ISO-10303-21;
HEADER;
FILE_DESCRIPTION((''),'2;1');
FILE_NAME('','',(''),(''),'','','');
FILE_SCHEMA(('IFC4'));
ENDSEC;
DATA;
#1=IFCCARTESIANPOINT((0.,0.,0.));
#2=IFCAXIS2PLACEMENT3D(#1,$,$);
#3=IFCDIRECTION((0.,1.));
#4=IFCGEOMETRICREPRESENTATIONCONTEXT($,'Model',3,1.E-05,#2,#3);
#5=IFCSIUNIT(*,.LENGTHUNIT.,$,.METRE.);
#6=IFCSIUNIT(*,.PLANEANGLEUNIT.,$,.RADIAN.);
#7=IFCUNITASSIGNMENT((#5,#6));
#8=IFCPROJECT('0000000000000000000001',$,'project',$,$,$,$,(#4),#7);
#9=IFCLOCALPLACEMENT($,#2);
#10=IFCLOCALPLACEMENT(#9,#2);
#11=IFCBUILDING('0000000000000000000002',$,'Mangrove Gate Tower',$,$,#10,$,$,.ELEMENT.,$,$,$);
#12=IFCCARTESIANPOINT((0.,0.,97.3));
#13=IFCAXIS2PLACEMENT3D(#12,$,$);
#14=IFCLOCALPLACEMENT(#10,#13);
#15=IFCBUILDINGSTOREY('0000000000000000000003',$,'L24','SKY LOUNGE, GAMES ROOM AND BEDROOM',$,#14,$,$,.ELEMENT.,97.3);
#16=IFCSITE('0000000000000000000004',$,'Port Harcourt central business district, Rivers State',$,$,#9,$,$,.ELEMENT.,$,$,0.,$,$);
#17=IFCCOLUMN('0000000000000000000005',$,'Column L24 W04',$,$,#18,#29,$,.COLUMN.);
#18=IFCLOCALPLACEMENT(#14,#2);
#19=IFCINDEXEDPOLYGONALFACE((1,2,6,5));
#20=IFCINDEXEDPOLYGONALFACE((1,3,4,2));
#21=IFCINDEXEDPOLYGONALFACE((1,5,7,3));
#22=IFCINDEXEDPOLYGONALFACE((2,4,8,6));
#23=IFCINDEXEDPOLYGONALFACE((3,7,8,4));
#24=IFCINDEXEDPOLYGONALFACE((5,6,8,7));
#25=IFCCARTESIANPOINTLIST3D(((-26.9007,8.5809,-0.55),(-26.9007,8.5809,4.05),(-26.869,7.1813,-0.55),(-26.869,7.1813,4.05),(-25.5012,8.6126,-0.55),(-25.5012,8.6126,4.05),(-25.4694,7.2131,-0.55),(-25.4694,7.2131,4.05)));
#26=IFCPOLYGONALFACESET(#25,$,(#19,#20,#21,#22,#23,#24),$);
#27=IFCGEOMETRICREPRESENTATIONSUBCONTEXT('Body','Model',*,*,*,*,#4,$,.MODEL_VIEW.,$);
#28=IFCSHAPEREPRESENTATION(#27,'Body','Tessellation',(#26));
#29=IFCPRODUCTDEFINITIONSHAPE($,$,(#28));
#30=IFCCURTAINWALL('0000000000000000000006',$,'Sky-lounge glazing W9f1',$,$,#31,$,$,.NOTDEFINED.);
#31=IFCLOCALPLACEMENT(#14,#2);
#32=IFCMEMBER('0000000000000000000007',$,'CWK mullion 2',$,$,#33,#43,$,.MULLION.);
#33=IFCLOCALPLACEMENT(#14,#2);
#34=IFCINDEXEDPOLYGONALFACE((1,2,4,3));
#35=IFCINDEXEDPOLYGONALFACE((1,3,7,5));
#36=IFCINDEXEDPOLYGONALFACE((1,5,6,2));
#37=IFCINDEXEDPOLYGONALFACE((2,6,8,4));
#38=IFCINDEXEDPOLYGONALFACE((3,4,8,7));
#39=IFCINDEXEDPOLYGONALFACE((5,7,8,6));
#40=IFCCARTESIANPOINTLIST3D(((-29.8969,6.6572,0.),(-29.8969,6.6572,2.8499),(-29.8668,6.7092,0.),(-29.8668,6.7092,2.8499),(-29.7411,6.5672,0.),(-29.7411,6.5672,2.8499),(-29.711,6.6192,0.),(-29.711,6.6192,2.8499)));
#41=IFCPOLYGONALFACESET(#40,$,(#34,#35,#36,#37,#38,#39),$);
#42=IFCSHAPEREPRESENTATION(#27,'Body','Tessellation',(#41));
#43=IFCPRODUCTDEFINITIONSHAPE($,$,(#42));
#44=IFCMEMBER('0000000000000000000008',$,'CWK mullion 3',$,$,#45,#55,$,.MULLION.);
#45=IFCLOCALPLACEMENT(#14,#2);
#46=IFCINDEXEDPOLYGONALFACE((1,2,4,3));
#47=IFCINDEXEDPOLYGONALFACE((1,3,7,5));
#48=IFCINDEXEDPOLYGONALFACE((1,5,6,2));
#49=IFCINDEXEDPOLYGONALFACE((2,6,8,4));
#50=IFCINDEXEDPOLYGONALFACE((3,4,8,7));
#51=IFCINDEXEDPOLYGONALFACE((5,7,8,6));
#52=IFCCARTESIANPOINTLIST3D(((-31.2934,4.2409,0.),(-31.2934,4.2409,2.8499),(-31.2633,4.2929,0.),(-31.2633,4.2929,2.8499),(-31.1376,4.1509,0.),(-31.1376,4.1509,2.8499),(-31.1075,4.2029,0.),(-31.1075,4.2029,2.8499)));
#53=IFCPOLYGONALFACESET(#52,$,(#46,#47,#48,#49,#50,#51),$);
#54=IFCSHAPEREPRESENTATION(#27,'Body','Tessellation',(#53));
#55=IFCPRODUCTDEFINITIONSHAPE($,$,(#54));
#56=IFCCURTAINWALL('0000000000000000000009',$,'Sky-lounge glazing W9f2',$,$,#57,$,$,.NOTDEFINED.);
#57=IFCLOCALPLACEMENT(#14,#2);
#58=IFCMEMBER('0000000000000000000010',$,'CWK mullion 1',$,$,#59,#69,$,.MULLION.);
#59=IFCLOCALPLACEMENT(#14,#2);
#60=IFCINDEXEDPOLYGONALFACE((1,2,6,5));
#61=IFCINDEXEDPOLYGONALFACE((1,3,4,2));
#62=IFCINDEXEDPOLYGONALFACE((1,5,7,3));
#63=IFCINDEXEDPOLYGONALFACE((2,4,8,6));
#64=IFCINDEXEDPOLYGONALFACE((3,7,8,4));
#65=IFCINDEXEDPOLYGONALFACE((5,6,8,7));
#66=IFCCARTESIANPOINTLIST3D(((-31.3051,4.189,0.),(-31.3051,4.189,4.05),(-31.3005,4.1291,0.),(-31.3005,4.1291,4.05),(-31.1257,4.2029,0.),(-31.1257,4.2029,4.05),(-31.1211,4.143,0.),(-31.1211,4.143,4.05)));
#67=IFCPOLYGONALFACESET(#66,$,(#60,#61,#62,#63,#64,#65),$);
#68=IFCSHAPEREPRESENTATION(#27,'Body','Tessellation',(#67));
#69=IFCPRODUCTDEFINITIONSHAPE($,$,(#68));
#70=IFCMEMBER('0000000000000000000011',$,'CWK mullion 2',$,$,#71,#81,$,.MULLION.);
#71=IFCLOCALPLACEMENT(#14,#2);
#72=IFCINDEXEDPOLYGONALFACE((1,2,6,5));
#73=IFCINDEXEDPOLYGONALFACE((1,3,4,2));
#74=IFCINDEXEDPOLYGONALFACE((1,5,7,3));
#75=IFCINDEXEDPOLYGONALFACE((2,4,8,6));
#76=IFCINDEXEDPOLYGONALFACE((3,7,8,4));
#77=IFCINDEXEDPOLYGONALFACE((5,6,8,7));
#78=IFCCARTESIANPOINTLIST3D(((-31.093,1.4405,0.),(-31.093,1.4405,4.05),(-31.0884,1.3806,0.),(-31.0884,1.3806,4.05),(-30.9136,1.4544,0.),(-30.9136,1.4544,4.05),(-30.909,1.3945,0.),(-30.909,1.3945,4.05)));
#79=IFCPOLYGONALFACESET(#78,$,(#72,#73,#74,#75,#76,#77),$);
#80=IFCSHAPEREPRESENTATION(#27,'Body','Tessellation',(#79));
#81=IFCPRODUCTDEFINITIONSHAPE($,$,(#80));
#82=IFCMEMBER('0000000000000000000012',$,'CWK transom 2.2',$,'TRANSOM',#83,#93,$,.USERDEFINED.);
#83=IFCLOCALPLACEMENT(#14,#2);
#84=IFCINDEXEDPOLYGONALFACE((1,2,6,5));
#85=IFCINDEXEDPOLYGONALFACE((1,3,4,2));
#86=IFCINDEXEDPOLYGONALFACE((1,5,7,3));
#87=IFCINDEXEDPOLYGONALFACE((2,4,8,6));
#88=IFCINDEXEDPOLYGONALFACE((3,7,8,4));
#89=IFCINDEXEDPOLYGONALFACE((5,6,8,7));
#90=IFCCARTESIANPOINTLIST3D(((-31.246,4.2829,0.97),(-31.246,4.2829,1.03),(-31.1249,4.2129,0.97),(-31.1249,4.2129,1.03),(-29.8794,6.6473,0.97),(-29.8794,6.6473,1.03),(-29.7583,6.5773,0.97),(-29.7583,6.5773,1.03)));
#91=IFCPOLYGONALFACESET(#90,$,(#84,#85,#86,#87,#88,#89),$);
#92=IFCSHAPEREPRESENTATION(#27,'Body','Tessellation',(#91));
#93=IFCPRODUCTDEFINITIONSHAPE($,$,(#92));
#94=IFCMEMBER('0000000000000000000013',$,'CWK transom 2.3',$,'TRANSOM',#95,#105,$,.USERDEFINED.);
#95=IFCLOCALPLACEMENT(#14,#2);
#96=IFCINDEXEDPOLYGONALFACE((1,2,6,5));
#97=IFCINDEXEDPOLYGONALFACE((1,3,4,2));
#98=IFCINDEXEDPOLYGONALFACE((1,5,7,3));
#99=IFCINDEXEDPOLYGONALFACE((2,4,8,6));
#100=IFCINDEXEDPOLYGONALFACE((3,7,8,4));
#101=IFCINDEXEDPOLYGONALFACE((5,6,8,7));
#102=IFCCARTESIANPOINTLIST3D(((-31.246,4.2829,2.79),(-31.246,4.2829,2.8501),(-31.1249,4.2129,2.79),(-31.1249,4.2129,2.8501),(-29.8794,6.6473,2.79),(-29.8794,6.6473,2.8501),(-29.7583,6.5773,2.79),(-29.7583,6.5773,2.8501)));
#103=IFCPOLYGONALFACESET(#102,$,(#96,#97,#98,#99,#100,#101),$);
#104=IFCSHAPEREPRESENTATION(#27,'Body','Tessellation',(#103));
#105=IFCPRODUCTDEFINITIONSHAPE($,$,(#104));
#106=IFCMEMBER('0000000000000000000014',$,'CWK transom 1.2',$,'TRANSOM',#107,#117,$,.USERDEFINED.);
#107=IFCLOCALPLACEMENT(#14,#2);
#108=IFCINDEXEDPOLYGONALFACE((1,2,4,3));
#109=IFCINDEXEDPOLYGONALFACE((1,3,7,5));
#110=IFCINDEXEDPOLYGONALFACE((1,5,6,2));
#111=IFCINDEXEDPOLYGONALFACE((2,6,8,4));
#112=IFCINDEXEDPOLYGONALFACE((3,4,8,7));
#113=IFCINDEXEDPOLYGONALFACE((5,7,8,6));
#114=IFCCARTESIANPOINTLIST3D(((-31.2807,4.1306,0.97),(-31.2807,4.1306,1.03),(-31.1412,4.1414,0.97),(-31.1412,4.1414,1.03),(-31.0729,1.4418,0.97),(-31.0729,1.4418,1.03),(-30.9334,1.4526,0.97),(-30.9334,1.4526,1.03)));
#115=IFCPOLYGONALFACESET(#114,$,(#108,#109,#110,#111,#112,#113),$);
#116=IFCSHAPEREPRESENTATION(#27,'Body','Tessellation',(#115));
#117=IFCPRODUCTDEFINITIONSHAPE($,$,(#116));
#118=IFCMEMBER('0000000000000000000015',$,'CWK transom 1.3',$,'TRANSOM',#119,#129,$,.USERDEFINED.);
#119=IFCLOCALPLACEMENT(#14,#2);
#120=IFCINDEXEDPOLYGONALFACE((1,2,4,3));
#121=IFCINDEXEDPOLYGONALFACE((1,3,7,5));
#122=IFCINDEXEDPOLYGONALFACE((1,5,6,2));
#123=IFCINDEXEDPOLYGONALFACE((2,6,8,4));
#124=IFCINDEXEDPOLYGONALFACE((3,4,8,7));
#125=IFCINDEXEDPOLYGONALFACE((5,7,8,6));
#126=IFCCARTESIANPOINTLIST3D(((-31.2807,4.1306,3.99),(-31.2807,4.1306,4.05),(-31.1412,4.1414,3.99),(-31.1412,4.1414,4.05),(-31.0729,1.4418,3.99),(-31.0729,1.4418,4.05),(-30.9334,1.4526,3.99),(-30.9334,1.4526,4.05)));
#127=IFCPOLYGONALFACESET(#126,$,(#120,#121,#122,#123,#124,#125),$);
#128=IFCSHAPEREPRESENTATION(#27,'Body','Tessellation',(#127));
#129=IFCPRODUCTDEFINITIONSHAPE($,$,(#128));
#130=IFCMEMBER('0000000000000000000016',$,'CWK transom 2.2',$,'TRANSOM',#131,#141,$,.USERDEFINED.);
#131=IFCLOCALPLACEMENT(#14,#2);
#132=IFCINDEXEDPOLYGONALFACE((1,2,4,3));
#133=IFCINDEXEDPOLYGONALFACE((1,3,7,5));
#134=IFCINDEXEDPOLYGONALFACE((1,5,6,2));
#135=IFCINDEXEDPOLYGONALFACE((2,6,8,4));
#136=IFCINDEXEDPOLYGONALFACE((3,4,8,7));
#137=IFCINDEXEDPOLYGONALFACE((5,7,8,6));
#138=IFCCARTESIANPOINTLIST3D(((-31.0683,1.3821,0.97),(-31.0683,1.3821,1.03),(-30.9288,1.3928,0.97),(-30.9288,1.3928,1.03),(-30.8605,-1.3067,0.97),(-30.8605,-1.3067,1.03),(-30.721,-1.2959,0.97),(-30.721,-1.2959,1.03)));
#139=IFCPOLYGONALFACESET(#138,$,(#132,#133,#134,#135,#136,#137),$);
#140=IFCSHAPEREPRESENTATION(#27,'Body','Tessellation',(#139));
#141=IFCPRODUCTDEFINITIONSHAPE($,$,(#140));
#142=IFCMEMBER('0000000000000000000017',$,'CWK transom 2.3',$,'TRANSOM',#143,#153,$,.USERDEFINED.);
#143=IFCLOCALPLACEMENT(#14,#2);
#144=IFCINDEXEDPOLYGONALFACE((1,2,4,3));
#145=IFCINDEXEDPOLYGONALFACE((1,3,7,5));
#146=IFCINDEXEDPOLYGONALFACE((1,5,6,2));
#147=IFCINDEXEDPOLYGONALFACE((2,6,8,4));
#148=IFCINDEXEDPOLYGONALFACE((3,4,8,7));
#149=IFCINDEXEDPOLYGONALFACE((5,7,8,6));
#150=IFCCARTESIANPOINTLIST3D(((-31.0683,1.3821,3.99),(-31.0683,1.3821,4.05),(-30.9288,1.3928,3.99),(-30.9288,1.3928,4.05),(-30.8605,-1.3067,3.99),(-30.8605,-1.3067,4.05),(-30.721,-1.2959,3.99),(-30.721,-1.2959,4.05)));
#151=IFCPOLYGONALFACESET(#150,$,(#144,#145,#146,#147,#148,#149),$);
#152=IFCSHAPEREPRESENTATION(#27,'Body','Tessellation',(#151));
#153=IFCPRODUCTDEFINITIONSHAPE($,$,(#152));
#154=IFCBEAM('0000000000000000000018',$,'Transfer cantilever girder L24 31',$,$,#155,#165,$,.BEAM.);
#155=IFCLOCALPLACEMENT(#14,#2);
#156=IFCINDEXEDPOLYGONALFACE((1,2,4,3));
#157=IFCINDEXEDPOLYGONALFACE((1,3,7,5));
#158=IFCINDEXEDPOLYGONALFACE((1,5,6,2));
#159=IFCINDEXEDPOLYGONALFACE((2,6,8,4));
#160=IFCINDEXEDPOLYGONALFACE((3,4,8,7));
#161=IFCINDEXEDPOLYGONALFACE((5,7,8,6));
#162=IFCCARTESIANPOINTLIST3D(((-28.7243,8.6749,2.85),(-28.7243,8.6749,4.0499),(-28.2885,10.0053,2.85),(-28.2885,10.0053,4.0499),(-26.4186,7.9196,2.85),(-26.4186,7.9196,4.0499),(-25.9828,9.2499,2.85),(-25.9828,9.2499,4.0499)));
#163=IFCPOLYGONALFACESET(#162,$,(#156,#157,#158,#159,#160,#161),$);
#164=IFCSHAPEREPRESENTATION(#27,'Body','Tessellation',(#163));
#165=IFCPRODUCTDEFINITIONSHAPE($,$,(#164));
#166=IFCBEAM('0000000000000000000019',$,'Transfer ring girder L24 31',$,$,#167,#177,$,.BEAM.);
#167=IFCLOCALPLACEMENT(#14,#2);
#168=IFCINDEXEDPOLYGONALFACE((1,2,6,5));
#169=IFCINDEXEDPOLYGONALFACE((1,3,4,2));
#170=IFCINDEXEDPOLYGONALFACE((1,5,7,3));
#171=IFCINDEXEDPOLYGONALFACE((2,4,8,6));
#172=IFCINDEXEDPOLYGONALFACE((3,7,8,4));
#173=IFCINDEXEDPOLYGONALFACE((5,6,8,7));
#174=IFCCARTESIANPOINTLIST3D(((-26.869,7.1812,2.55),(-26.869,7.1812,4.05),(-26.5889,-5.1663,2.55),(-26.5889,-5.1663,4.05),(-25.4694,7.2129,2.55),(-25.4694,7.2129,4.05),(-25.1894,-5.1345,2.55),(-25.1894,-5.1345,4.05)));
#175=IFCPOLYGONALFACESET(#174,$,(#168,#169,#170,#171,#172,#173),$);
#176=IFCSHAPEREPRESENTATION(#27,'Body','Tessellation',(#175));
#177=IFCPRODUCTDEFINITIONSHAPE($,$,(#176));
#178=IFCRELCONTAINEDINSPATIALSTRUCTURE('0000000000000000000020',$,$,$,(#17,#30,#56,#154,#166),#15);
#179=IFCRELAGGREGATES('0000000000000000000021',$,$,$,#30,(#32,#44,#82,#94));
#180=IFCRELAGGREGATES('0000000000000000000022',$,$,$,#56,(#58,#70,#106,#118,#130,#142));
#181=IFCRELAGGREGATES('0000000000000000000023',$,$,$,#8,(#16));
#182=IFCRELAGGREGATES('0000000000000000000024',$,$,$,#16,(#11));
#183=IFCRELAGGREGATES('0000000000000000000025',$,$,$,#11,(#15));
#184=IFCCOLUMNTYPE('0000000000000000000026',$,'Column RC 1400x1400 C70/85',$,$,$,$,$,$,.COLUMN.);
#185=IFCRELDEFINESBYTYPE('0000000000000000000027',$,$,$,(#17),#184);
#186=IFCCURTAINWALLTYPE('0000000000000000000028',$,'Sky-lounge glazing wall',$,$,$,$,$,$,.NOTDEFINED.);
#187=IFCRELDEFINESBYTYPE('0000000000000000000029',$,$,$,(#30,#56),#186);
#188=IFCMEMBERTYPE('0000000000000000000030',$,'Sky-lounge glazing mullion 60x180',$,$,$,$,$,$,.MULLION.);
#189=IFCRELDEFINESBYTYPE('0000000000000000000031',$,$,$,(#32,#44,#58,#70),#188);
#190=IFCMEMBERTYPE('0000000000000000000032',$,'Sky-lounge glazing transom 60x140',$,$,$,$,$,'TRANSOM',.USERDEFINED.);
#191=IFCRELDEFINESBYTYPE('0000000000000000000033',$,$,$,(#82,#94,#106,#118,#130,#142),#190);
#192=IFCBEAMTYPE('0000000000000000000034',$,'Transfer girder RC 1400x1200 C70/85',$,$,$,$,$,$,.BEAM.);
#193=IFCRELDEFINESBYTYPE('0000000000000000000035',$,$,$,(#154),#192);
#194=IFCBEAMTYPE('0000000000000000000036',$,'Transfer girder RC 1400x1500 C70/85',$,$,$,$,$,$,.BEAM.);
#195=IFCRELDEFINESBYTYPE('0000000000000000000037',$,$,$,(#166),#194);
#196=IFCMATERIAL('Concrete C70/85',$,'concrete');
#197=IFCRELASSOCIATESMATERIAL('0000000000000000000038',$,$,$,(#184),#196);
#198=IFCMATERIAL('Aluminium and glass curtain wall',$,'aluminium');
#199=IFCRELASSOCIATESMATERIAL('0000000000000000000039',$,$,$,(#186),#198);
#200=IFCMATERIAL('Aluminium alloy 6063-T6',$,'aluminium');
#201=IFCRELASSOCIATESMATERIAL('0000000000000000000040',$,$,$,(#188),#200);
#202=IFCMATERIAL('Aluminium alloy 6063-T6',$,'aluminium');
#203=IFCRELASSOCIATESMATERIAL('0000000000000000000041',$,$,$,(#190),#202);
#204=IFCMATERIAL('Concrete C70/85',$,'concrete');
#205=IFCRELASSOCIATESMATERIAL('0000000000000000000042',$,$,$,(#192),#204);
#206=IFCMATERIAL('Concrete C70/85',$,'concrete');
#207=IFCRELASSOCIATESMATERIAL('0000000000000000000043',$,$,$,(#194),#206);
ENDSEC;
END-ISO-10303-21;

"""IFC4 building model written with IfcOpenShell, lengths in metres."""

from ifc_helpers import new_model, si_unit, direction, frame, origin, origin_2d, place, context, subcontext, project, spatial, rectangle, extrude, material, material_profile, profile_set, type_object, element, aggregate, save


model = new_model("IFC4")

# Units and contexts
model_context = context("Model", 3, precision=1e-05, world=origin(), true_north=direction((0.0, 1.0)))
body_context = subcontext(model_context, "Body", "Model", "MODEL_VIEW")
ifc_project = project(units=[si_unit("LENGTHUNIT", "METRE"), si_unit("PLANEANGLEUNIT", "RADIAN")], contexts=[model_context])

# Site, building, storey
site_placement = place(None, origin())
site = spatial("IfcSite", under=ifc_project, at=site_placement, Name="Port Harcourt central business district, Rivers State", CompositionType="ELEMENT", RefElevation=0.0)
building_placement = place(site_placement, origin())
building = spatial("IfcBuilding", under=site, at=building_placement, Name="Mangrove Gate Tower", CompositionType="ELEMENT")
storey_placement = place(building_placement, frame((0.0, 0.0, 97.3)))
storey = spatial("IfcBuildingStorey", under=building, at=storey_placement, Name="L24", Description="SKY LOUNGE, GAMES ROOM AND BEDROOM", CompositionType="ELEMENT", Elevation=97.3)

# Column
ifc_material_1 = material(Name="Concrete C70/85", Category="concrete")
ifc_material_profile_1 = material_profile(ifc_material_1, rectangle(XDim=1.3999, YDim=1.3999, at=origin_2d()))
ifc_profile_set_1 = profile_set([ifc_material_profile_1], Name="Concrete C70/85")
column_type = type_object("IfcColumnType", Name="Column RC 1400x1400 C70/85", PredefinedType="COLUMN", material=ifc_profile_set_1)
column_placement = place(storey_placement, frame((-26.1851, 7.897, -0.55), z_axis=(0.0, 0.0, 1.0), x_axis=(0.022676, -0.999743, 0.0)))
element("IfcColumn", 1, at=column_placement, inside=storey, type_object=column_type, Name="Column L24 W04", PredefinedType="COLUMN", context=body_context, shape_type="SweptSolid", body=[
    extrude(rectangle(XDim=1.3999, YDim=1.3999, at=origin_2d()), origin(), (0.0, 0.0, 1.0), 4.6001),
])

# Curtain walls, members
ifc_material_2 = material(Name="Aluminium and glass curtain wall", Category="aluminium")
curtain_wall_type = type_object("IfcCurtainWallType", Name="Sky-lounge glazing wall", PredefinedType="NOTDEFINED", material=ifc_material_2)
curtain_wall_1_placement = place(storey_placement, origin())
curtain_wall_1 = element("IfcCurtainWall", 2, at=curtain_wall_1_placement, inside=storey, type_object=curtain_wall_type, Name="Sky-lounge glazing W9f1", PredefinedType="NOTDEFINED")
ifc_material_3 = material(Name="Aluminium alloy 6063-T6", Category="aluminium")
ifc_material_profile_2 = material_profile(ifc_material_3, rectangle(XDim=0.0601, YDim=0.1799, at=origin_2d()))
ifc_profile_set_2 = profile_set([ifc_material_profile_2], Name="Aluminium alloy 6063-T6")
member_type_1 = type_object("IfcMemberType", Name="Sky-lounge glazing mullion 60x180", PredefinedType="MULLION", material=ifc_profile_set_2)
member_1_placement = place(storey_placement, frame((-29.804, 6.6382, 0.0), z_axis=(0.0, 0.0, 1.0), x_axis=(-0.500418, -0.865784, 0.0)))
member_1 = element("IfcMember", 3, at=member_1_placement, type_object=member_type_1, Name="CWK mullion 2", PredefinedType="MULLION", context=body_context, shape_type="SweptSolid", body=[
    extrude(rectangle(XDim=0.0601, YDim=0.1799, at=origin_2d()), origin(), (0.0, 0.0, 1.0), 2.8499),
])
member_2_placement = place(storey_placement, frame((-31.2004, 4.2219, 0.0), z_axis=(0.0, 0.0, 1.0), x_axis=(-0.500418, -0.865784, 0.0)))
member_2 = element("IfcMember", 4, at=member_2_placement, type_object=member_type_1, Name="CWK mullion 3", PredefinedType="MULLION", context=body_context, shape_type="SweptSolid", body=[
    extrude(rectangle(XDim=0.0601, YDim=0.1799, at=origin_2d()), origin(), (0.0, 0.0, 1.0), 2.8499),
])
curtain_wall_2_placement = place(storey_placement, origin())
curtain_wall_2 = element("IfcCurtainWall", 5, at=curtain_wall_2_placement, inside=storey, type_object=curtain_wall_type, Name="Sky-lounge glazing W9f2", PredefinedType="NOTDEFINED")
member_3_placement = place(storey_placement, frame((-31.2131, 4.166, 0.0), z_axis=(0.0, 0.0, 1.0), x_axis=(0.077023, -0.997029, 0.0)))
member_3 = element("IfcMember", 6, at=member_3_placement, type_object=member_type_1, Name="CWK mullion 1", PredefinedType="MULLION", context=body_context, shape_type="SweptSolid", body=[
    extrude(rectangle(XDim=0.0601, YDim=0.1799, at=origin_2d()), origin(), (0.0, 0.0, 1.0), 4.05),
])
member_4_placement = place(storey_placement, frame((-31.001, 1.4175, 0.0), z_axis=(0.0, 0.0, 1.0), x_axis=(0.077023, -0.997029, 0.0)))
member_4 = element("IfcMember", 7, at=member_4_placement, type_object=member_type_1, Name="CWK mullion 2", PredefinedType="MULLION", context=body_context, shape_type="SweptSolid", body=[
    extrude(rectangle(XDim=0.0601, YDim=0.1799, at=origin_2d()), origin(), (0.0, 0.0, 1.0), 4.05),
])

# Members
ifc_material_4 = material(Name="Aluminium alloy 6063-T6", Category="aluminium")
ifc_material_profile_3 = material_profile(ifc_material_4, rectangle(XDim=0.0601, YDim=0.1399, at=origin_2d()))
ifc_profile_set_3 = profile_set([ifc_material_profile_3], Name="Aluminium alloy 6063-T6")
member_type_2 = type_object("IfcMemberType", Name="Sky-lounge glazing transom 60x140", ElementType="TRANSOM", PredefinedType="USERDEFINED", material=ifc_profile_set_3)
member_5_placement = place(storey_placement, frame((-29.8188, 6.6123, 1.0), z_axis=(-0.500427, -0.865779, 0.0), x_axis=(0.0, 0.0, 1.0)))
member_5 = element("IfcMember", 8, at=member_5_placement, type_object=member_type_2, Name="CWK transom 2.2", ObjectType="TRANSOM", PredefinedType="USERDEFINED", context=body_context, shape_type="SweptSolid", body=[
    extrude(rectangle(XDim=0.0601, YDim=0.1399, at=origin_2d()), origin(), (0.0, 0.0, 1.0), 2.731),
])
member_6_placement = place(storey_placement, frame((-29.8188, 6.6123, 2.8201), z_axis=(-0.500427, -0.865779, 0.0), x_axis=(0.0, 0.0, 1.0)))
member_6 = element("IfcMember", 9, at=member_6_placement, type_object=member_type_2, Name="CWK transom 2.3", ObjectType="TRANSOM", PredefinedType="USERDEFINED", context=body_context, shape_type="SweptSolid", body=[
    extrude(rectangle(XDim=0.0601, YDim=0.1399, at=origin_2d()), origin(), (0.0, 0.0, 1.0), 2.731),
])
member_7_placement = place(storey_placement, frame((-31.2109, 4.136, 1.0), z_axis=(0.077043, -0.997028, 0.0), x_axis=(0.0, 0.0, 1.0)))
member_7 = element("IfcMember", 10, at=member_7_placement, type_object=member_type_2, Name="CWK transom 1.2", ObjectType="TRANSOM", PredefinedType="USERDEFINED", context=body_context, shape_type="SweptSolid", body=[
    extrude(rectangle(XDim=0.0601, YDim=0.1399, at=origin_2d()), origin(), (0.0, 0.0, 1.0), 2.6968),
])
member_8_placement = place(storey_placement, frame((-31.2109, 4.136, 4.02), z_axis=(0.077043, -0.997028, 0.0), x_axis=(0.0, 0.0, 1.0)))
member_8 = element("IfcMember", 11, at=member_8_placement, type_object=member_type_2, Name="CWK transom 1.3", ObjectType="TRANSOM", PredefinedType="USERDEFINED", context=body_context, shape_type="SweptSolid", body=[
    extrude(rectangle(XDim=0.0601, YDim=0.1399, at=origin_2d()), origin(), (0.0, 0.0, 1.0), 2.6968),
])
member_9_placement = place(storey_placement, frame((-30.9985, 1.3875, 1.0), z_axis=(0.077043, -0.997028, 0.0), x_axis=(0.0, 0.0, 1.0)))
member_9 = element("IfcMember", 12, at=member_9_placement, type_object=member_type_2, Name="CWK transom 2.2", ObjectType="TRANSOM", PredefinedType="USERDEFINED", context=body_context, shape_type="SweptSolid", body=[
    extrude(rectangle(XDim=0.0601, YDim=0.1399, at=origin_2d()), origin(), (0.0, 0.0, 1.0), 2.6968),
])
member_10_placement = place(storey_placement, frame((-30.9985, 1.3875, 4.02), z_axis=(0.077043, -0.997028, 0.0), x_axis=(0.0, 0.0, 1.0)))
member_10 = element("IfcMember", 13, at=member_10_placement, type_object=member_type_2, Name="CWK transom 2.3", ObjectType="TRANSOM", PredefinedType="USERDEFINED", context=body_context, shape_type="SweptSolid", body=[
    extrude(rectangle(XDim=0.0601, YDim=0.1399, at=origin_2d()), origin(), (0.0, 0.0, 1.0), 2.6968),
])

# Beams
ifc_material_5 = material(Name="Concrete C70/85", Category="concrete")
ifc_material_profile_4 = material_profile(ifc_material_5, rectangle(XDim=1.3999, YDim=1.2, at=origin_2d()))
ifc_profile_set_4 = profile_set([ifc_material_profile_4], Name="Concrete C70/85")
beam_type_1 = type_object("IfcBeamType", Name="Transfer girder RC 1400x1200 C70/85", PredefinedType="BEAM", material=ifc_profile_set_4)
beam_1_placement = place(storey_placement, frame((-26.2007, 8.5847, 3.45), z_axis=(-0.950301, 0.311333, 0.0), x_axis=(-0.311333, -0.950301, 0.0)))
element("IfcBeam", 14, at=beam_1_placement, inside=storey, type_object=beam_type_1, Name="Transfer cantilever girder L24 31", PredefinedType="BEAM", context=body_context, shape_type="SweptSolid", body=[
    extrude(rectangle(XDim=1.3999, YDim=1.2, at=origin_2d()), origin(), (0.0, 0.0, 1.0), 2.4263),
])
ifc_material_6 = material(Name="Concrete C70/85", Category="concrete")
ifc_material_profile_5 = material_profile(ifc_material_6, rectangle(XDim=1.3999, YDim=1.5, at=origin_2d()))
ifc_profile_set_5 = profile_set([ifc_material_profile_5], Name="Concrete C70/85")
beam_type_2 = type_object("IfcBeamType", Name="Transfer girder RC 1400x1500 C70/85", PredefinedType="BEAM", material=ifc_profile_set_5)
beam_2_placement = place(storey_placement, frame((-26.1692, 7.197, 3.3), z_axis=(0.022673, -0.999743, 0.0), x_axis=(0.999743, 0.022673, 0.0)))
element("IfcBeam", 15, at=beam_2_placement, inside=storey, type_object=beam_type_2, Name="Transfer ring girder L24 31", PredefinedType="BEAM", context=body_context, shape_type="SweptSolid", body=[
    extrude(rectangle(XDim=1.3999, YDim=1.5, at=origin_2d()), origin(), (0.0, 0.0, 1.0), 12.3506),
])

aggregate(curtain_wall_1, [member_1, member_2, member_5, member_6])
aggregate(curtain_wall_2, [member_3, member_4, member_7, member_8, member_9, member_10])

save(model, "model.ifc")
